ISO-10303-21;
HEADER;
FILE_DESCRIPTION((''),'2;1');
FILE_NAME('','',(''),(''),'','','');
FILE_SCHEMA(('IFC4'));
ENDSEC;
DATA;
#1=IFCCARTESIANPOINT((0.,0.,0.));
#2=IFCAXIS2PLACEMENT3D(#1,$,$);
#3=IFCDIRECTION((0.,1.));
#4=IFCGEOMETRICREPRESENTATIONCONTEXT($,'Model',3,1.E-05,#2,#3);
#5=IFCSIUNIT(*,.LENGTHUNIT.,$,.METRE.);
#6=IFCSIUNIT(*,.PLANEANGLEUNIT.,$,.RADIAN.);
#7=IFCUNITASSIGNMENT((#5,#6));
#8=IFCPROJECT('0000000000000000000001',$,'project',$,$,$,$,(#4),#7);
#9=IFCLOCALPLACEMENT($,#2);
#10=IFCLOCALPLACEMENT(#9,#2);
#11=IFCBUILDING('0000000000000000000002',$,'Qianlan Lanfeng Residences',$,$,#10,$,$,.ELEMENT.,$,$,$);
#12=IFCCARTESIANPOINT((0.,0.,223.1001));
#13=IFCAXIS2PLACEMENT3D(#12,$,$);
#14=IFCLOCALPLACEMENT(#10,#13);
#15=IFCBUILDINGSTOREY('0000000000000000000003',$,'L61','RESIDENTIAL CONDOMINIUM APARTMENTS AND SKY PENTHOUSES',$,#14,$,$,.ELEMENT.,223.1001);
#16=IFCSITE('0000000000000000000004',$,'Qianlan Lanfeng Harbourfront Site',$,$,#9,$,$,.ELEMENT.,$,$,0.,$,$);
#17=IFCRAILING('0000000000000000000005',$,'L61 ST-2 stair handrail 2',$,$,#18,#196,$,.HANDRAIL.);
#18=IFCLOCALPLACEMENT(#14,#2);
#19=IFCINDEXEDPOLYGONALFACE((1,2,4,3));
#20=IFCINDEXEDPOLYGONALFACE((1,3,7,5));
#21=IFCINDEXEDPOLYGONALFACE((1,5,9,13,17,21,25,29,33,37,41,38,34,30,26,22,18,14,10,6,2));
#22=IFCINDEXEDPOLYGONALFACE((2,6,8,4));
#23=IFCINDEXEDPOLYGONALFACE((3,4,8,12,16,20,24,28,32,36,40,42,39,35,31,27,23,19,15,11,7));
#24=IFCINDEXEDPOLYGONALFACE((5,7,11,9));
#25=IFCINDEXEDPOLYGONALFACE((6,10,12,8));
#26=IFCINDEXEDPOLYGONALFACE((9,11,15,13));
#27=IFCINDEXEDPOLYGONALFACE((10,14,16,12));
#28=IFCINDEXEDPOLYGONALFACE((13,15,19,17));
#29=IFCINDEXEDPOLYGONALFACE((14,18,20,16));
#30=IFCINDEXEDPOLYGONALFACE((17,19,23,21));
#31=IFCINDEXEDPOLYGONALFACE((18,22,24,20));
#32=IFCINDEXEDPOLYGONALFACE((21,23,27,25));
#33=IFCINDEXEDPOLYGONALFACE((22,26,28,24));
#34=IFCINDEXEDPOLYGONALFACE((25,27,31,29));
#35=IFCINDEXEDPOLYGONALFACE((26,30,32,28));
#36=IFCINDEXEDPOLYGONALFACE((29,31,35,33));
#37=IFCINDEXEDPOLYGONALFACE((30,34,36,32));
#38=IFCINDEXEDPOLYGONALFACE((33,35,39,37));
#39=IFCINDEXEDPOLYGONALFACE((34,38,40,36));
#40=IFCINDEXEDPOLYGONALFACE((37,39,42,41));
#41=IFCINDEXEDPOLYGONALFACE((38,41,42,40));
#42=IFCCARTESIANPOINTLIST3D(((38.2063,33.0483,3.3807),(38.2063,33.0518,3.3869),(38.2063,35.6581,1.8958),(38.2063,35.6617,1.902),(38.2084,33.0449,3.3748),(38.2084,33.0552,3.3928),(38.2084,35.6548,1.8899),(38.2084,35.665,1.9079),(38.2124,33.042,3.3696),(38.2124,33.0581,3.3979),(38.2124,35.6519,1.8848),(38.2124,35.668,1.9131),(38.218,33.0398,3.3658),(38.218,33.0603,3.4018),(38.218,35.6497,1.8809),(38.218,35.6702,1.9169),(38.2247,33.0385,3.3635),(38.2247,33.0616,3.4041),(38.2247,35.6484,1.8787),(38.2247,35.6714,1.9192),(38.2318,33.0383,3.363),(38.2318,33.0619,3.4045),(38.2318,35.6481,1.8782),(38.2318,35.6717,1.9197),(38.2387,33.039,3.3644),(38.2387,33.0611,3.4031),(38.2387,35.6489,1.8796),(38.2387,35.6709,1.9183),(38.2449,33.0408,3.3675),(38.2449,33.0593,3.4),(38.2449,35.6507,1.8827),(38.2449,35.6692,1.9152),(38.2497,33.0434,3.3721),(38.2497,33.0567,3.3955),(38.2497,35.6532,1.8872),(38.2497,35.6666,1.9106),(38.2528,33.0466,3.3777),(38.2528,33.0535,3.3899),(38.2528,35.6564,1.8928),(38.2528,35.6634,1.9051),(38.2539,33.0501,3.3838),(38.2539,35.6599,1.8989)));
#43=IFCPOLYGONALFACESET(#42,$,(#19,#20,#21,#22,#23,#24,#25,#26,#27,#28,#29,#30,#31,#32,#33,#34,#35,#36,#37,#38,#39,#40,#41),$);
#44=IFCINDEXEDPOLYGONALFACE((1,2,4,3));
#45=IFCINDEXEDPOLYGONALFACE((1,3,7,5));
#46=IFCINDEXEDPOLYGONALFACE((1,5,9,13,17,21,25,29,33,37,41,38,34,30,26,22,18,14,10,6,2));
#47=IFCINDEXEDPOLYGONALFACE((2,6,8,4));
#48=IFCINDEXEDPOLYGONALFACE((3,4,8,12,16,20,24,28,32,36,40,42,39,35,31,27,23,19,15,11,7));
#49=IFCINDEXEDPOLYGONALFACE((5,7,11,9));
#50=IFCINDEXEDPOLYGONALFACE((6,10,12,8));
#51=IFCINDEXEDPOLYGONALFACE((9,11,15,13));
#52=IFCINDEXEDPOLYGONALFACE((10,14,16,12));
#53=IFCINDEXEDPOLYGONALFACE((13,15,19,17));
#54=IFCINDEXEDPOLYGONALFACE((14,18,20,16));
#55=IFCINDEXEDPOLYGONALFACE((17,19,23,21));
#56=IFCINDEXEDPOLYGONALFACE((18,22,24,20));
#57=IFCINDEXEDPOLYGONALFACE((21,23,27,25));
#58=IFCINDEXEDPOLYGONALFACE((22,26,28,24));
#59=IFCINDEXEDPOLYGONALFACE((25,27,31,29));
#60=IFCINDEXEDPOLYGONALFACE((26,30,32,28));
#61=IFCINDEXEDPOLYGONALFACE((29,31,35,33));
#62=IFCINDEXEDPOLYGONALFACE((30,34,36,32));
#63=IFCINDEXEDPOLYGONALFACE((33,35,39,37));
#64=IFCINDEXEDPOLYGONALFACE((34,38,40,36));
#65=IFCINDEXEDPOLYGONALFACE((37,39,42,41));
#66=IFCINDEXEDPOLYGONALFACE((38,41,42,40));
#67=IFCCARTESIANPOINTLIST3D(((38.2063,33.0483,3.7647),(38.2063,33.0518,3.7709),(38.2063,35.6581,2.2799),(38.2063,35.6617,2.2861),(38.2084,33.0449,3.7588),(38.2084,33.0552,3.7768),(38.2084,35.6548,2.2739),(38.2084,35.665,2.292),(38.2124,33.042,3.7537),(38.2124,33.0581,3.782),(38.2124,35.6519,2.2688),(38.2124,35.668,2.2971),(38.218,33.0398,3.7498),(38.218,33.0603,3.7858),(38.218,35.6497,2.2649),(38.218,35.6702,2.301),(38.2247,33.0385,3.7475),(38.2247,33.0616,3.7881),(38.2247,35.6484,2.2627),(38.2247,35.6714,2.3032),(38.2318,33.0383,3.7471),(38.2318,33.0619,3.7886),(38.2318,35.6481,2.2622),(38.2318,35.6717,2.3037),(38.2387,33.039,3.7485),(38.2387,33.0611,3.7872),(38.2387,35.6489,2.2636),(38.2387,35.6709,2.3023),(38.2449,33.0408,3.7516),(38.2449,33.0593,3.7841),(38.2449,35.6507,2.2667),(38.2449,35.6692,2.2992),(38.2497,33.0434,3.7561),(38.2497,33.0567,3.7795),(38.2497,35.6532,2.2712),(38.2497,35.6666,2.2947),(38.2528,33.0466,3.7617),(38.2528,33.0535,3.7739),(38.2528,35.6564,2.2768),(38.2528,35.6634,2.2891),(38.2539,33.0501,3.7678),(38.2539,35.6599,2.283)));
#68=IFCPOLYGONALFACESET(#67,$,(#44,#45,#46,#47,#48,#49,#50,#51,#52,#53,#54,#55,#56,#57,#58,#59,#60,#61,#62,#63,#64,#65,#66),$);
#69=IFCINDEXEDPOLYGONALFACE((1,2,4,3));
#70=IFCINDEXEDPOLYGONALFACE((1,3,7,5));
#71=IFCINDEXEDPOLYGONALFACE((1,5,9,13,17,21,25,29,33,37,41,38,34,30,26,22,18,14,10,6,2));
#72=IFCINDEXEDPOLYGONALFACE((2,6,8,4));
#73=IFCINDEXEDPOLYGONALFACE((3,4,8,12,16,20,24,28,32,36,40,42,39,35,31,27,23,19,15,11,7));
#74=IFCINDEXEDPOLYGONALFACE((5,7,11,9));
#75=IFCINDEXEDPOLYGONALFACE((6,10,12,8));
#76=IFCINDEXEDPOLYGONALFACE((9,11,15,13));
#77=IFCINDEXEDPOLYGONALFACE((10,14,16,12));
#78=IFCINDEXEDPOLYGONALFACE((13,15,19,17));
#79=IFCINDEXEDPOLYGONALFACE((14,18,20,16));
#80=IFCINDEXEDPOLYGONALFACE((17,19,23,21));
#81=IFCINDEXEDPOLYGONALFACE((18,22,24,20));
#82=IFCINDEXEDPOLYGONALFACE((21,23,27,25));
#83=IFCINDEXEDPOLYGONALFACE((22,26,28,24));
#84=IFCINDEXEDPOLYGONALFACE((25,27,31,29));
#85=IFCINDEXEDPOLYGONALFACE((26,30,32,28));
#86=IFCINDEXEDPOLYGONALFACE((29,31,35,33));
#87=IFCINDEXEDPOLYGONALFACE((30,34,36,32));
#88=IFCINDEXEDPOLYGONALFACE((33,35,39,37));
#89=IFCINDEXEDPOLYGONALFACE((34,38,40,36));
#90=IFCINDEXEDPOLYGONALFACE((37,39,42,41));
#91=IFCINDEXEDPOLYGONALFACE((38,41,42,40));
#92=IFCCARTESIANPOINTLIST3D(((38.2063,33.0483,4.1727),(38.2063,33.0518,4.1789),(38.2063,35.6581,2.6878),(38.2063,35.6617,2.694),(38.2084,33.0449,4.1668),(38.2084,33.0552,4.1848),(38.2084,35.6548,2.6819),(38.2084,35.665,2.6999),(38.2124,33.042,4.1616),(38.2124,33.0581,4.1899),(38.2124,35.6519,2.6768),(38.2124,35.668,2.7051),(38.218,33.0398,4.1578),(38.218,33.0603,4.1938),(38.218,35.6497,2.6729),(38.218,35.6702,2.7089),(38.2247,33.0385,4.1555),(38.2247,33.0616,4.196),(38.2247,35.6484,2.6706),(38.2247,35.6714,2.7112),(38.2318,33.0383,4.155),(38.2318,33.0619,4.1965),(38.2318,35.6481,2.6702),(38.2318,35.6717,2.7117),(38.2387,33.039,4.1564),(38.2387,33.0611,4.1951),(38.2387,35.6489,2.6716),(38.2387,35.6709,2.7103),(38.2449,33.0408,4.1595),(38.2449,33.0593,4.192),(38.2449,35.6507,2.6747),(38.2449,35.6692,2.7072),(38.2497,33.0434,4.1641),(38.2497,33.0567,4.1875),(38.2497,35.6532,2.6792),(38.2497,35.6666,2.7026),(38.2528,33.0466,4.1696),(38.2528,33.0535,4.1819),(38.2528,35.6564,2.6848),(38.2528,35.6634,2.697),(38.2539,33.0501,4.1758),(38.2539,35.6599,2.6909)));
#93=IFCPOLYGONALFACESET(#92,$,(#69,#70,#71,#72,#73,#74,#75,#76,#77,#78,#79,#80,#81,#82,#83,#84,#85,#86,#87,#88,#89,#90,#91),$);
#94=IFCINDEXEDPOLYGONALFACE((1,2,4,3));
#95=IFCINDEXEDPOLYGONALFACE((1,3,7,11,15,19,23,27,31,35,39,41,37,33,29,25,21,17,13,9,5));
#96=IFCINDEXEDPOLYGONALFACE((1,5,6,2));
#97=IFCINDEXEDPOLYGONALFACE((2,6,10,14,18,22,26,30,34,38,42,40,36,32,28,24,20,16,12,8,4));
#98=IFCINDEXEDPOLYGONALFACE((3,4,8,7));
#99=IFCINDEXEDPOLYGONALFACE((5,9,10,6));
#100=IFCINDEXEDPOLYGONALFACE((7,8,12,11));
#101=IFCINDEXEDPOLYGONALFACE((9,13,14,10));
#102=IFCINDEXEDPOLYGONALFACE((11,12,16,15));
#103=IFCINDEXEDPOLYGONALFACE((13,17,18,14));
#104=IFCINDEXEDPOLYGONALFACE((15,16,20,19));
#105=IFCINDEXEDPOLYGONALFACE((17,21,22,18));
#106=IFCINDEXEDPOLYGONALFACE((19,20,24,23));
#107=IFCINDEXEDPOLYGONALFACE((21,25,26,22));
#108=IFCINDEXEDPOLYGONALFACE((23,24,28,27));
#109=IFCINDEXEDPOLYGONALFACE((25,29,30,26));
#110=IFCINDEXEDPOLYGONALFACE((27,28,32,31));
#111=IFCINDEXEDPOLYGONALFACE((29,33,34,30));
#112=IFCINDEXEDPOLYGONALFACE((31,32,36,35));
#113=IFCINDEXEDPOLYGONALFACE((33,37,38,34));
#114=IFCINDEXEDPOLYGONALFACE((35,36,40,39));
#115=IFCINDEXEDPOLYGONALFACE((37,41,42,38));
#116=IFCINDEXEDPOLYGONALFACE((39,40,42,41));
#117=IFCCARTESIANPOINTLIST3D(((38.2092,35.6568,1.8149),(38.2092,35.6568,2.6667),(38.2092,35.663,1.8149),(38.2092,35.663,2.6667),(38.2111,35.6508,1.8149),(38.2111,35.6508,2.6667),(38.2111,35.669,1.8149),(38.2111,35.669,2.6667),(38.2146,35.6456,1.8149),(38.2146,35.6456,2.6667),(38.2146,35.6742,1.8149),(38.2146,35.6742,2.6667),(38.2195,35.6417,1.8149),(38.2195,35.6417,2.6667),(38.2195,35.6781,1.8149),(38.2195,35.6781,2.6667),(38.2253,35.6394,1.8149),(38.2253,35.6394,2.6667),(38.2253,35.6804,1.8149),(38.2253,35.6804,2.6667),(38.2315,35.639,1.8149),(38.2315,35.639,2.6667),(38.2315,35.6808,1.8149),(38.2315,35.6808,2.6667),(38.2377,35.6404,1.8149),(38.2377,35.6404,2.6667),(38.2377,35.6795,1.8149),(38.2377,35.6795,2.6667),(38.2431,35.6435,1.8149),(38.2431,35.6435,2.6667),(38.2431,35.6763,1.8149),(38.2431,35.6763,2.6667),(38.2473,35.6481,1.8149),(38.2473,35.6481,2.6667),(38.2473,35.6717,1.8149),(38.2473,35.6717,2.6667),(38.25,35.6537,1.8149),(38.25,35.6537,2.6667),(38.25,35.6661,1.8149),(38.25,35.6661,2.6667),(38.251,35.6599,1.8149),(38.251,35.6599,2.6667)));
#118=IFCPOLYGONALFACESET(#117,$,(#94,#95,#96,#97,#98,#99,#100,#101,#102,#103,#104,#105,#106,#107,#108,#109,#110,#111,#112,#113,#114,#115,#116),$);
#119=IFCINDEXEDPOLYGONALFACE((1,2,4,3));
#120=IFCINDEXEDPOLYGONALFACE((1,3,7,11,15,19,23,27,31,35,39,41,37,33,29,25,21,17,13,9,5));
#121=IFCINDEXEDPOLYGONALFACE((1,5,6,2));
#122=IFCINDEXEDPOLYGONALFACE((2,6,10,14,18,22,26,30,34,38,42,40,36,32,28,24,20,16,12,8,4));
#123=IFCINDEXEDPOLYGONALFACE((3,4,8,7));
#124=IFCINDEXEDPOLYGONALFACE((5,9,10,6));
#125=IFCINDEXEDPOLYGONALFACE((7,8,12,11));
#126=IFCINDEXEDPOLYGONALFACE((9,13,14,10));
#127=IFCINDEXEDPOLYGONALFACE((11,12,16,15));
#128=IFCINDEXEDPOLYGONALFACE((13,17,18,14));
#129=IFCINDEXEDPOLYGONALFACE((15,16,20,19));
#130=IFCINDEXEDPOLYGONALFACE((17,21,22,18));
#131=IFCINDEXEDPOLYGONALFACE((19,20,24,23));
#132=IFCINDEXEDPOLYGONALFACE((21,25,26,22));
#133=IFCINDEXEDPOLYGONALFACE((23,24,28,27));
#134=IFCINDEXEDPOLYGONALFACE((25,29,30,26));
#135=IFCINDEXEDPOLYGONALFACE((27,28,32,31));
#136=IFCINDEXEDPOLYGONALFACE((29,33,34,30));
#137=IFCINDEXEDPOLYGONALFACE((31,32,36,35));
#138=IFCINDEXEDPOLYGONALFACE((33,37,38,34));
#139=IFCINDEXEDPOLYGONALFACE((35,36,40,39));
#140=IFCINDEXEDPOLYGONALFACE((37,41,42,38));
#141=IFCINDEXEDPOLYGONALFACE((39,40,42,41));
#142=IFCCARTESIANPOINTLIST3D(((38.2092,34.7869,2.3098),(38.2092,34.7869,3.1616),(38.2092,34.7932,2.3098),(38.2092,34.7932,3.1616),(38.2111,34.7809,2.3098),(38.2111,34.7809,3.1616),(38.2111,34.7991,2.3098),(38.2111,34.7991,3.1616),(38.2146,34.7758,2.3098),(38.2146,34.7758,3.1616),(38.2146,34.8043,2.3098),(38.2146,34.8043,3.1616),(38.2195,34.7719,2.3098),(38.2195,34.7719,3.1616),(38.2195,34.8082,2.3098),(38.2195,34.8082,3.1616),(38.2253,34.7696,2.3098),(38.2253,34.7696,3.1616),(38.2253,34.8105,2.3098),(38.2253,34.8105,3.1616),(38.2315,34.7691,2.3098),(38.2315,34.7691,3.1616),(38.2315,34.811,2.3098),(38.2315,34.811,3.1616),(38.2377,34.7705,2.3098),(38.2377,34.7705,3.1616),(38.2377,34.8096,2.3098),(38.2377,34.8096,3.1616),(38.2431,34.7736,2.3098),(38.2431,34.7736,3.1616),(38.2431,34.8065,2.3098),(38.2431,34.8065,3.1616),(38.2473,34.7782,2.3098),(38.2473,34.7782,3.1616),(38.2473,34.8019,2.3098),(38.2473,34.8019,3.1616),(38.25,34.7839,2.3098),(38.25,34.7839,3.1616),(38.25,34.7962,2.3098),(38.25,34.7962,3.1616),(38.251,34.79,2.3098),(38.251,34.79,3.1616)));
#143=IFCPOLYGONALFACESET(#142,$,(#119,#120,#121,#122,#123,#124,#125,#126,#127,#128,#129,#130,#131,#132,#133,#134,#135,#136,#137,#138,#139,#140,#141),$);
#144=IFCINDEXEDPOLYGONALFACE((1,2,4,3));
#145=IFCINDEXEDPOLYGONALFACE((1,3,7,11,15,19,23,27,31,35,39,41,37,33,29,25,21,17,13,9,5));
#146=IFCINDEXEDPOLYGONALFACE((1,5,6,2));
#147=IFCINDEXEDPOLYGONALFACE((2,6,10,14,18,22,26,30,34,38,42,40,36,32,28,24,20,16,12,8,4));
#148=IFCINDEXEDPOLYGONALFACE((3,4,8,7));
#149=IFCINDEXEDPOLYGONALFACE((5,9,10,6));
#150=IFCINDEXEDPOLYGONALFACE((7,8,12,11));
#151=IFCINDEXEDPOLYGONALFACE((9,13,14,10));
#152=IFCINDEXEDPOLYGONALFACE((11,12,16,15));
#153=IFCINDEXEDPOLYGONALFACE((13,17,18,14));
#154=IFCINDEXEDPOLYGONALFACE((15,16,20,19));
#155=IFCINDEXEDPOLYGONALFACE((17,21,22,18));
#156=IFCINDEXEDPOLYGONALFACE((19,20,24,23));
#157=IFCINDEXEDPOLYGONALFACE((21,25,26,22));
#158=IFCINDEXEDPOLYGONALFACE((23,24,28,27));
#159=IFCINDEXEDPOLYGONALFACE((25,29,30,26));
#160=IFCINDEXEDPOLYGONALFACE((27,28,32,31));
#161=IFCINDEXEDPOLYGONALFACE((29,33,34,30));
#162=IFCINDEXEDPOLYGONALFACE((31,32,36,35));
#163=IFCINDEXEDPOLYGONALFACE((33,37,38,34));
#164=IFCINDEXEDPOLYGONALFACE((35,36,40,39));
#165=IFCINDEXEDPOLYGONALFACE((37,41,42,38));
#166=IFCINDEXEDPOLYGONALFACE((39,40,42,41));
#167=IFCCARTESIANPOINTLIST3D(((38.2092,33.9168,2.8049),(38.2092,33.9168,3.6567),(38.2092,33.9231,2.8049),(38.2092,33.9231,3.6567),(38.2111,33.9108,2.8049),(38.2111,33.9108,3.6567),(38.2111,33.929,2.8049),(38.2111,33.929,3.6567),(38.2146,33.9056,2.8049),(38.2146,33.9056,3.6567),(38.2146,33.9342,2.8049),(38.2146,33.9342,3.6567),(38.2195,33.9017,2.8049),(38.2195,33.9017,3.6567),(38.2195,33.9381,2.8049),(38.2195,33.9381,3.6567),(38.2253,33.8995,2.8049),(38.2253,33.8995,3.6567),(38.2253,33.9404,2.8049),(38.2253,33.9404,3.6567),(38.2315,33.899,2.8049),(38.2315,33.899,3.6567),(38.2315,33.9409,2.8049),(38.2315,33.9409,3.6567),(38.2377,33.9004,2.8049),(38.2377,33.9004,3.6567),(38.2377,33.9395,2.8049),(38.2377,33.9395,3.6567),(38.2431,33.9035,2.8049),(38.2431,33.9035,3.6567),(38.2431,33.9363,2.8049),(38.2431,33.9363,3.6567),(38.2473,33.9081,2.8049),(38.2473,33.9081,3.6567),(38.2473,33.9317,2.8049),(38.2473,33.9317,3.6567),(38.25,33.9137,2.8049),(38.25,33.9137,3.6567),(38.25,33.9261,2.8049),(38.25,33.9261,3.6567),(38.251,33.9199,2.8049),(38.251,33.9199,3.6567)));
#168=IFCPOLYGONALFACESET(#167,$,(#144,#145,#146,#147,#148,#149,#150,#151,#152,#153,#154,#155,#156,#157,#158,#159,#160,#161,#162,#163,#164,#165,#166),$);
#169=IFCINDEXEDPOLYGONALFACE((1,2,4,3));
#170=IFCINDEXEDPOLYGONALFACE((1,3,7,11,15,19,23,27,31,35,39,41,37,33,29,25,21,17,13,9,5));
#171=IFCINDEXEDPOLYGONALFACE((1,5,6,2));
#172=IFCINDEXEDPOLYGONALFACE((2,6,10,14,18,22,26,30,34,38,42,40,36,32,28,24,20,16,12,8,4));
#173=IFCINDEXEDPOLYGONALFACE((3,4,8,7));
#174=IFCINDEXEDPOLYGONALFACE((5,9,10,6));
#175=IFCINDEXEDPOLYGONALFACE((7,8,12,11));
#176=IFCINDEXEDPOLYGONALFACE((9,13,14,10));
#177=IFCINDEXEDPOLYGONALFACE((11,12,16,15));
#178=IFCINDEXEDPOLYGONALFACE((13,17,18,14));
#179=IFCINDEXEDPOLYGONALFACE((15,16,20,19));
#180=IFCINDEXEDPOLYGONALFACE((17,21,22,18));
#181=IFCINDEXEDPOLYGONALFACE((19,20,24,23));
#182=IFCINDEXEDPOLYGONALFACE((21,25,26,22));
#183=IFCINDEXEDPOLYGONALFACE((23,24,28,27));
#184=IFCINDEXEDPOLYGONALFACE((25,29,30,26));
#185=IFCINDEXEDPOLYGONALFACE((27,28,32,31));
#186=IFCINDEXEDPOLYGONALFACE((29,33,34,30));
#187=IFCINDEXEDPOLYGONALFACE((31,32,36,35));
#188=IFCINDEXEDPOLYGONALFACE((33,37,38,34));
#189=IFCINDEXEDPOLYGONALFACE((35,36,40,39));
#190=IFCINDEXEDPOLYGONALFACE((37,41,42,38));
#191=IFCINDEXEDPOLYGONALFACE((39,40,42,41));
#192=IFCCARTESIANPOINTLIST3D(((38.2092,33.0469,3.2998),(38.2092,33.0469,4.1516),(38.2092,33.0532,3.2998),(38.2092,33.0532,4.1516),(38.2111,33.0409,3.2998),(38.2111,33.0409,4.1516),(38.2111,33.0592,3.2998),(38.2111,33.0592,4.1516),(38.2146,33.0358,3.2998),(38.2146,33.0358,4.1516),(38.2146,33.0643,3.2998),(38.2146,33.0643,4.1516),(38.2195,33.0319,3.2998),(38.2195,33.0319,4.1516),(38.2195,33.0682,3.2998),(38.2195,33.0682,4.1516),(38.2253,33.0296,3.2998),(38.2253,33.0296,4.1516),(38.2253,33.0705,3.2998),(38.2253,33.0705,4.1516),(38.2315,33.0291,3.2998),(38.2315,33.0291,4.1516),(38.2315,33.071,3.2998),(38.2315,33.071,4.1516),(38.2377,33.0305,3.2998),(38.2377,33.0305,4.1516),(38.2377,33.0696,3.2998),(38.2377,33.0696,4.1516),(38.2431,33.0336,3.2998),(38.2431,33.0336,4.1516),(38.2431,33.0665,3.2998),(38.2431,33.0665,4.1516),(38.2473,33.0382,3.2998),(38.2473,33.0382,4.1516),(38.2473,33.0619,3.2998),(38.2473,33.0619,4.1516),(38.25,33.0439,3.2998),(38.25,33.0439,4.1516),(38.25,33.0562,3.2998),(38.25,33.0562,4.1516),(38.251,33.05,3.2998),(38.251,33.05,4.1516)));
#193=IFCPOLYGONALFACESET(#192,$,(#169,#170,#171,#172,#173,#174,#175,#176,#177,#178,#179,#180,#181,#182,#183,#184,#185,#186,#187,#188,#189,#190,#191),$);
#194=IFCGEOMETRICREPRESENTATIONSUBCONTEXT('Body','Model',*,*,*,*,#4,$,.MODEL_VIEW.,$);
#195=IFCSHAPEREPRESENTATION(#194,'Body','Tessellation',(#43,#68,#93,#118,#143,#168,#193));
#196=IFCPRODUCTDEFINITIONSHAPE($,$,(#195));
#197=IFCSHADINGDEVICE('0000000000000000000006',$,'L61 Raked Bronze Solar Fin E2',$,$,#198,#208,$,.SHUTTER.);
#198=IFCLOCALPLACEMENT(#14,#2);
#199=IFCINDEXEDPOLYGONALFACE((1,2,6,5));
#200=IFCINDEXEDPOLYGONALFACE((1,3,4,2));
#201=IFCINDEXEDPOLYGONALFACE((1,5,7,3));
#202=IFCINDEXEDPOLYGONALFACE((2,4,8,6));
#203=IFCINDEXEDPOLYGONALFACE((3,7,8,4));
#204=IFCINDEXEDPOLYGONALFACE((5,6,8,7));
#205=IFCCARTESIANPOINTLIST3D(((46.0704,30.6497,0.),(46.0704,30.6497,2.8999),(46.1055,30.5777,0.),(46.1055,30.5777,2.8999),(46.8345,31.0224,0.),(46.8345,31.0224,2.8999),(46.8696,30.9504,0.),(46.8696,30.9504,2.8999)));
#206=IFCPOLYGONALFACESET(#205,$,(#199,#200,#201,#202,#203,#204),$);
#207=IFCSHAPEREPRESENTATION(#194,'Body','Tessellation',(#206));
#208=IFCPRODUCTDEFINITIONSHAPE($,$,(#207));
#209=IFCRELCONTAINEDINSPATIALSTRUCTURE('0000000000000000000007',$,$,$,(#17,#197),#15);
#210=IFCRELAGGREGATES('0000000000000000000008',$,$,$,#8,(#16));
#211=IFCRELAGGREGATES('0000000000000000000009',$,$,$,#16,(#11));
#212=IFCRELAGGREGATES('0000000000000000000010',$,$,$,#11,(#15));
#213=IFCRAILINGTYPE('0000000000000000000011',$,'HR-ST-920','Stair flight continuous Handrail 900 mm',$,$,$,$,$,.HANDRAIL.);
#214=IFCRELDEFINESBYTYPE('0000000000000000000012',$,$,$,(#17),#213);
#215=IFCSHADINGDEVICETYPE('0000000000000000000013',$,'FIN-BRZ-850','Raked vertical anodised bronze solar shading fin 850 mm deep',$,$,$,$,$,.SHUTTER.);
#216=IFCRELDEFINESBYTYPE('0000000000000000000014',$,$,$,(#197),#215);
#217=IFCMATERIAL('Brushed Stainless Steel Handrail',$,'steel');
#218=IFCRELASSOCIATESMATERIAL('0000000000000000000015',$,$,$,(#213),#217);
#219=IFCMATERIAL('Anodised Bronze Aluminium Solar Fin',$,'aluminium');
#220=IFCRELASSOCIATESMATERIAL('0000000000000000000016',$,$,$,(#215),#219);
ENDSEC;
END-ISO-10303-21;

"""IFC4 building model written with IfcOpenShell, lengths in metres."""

from ifc_helpers import new_model, si_unit, direction, frame, origin, origin_2d, place, context, subcontext, project, spatial, rectangle, circle, extrude, source, transform, mapped, material, type_object, element, save


model = new_model("IFC4")

# Units and contexts
model_context = context("Model", 3, precision=1e-05, world=origin(), true_north=direction((0.0, 1.0)))
body_context = subcontext(model_context, "Body", "Model", "MODEL_VIEW")
ifc_project = project(units=[si_unit("LENGTHUNIT", "METRE"), si_unit("PLANEANGLEUNIT", "RADIAN")], contexts=[model_context])

# Site, building, storey
site_placement = place(None, origin())
site = spatial("IfcSite", under=ifc_project, at=site_placement, Name="Qianlan Lanfeng Harbourfront Site", CompositionType="ELEMENT", RefElevation=0.0)
building_placement = place(site_placement, origin())
building = spatial("IfcBuilding", under=site, at=building_placement, Name="Qianlan Lanfeng Residences", CompositionType="ELEMENT")
storey_placement = place(building_placement, frame((0.0, 0.0, 223.1001)))
storey = spatial("IfcBuildingStorey", under=building, at=storey_placement, Name="L61", Description="RESIDENTIAL CONDOMINIUM APARTMENTS AND SKY PENTHOUSES", CompositionType="ELEMENT", Elevation=223.1001)

# Railing
ifc_material_1 = material(Name="Brushed Stainless Steel Handrail", Category="steel")
railing_type_1 = type_object("IfcRailingType", Name="HR-ST-920", Description="Stair flight continuous Handrail 900 mm", PredefinedType="HANDRAIL", material=ifc_material_1)
railing_1_placement = place(storey_placement, frame((38.23, 35.6599, 1.8149)))
element("IfcRailing", 1, at=railing_1_placement, inside=storey, type_object=railing_type_1, Name="L61 ST-2 stair handrail 2", PredefinedType="HANDRAIL", context=body_context, shape_type="SweptSolid", body=[
    extrude(circle(Radius=0.0239, at=origin_2d()), frame((0.0, 0.0, 0.084), z_axis=(0.0, -0.869172, 0.494509), x_axis=(1.0, 0.0, 0.0)), (0.0, 0.0, 1.0), 3.0027),
    extrude(circle(Radius=0.0239, at=origin_2d()), frame((0.0, 0.0, 0.468), z_axis=(0.0, -0.869172, 0.494509), x_axis=(1.0, 0.0, 0.0)), (0.0, 0.0, 1.0), 3.0027),
    extrude(circle(Radius=0.0239, at=origin_2d()), frame((0.0, 0.0, 0.876), z_axis=(0.0, -0.869172, 0.494509), x_axis=(1.0, 0.0, 0.0)), (0.0, 0.0, 1.0), 3.0027),
    extrude(circle(Radius=0.021, at=origin_2d()), origin(), (0.0, 0.0, 1.0), 0.8518),
    extrude(circle(Radius=0.021, at=origin_2d()), frame((0.0, -0.8699, 0.4949)), (0.0, 0.0, 1.0), 0.8518),
    extrude(circle(Radius=0.021, at=origin_2d()), frame((0.0, -1.74, 0.99)), (0.0, 0.0, 1.0), 0.8518),
    extrude(circle(Radius=0.021, at=origin_2d()), frame((0.0, -2.6099, 1.4849)), (0.0, 0.0, 1.0), 0.8518),
])

# Shading device
ifc_material_2 = material(Name="Anodised Bronze Aluminium Solar Fin", Category="aluminium")
shading_device_type = type_object("IfcShadingDeviceType", Name="FIN-BRZ-850", Description="Raked vertical anodised bronze solar shading fin 850 mm deep", PredefinedType="SHUTTER", material=ifc_material_2)
shared_shape_1 = source(origin(), body_context, "Body", "SweptSolid", [
    extrude(rectangle(XDim=0.8501, YDim=0.0801, at=origin_2d()), origin(), (0.0, 0.0, 1.0), 2.8999),
])
shading_device_placement = place(storey_placement, frame((46.47, 30.8, 0.0), z_axis=(0.0, 0.0, 1.0), x_axis=(0.898794, 0.438371, 0.0)))
element("IfcShadingDevice", 2, at=shading_device_placement, inside=storey, type_object=shading_device_type, Name="L61 Raked Bronze Solar Fin E2", PredefinedType="SHUTTER", context=body_context, shape_type="MappedRepresentation", body=[
    mapped(shared_shape_1, transform((0.0, 0.0, 0.0), scale=1.0)),
])

save(model, "model.ifc")
